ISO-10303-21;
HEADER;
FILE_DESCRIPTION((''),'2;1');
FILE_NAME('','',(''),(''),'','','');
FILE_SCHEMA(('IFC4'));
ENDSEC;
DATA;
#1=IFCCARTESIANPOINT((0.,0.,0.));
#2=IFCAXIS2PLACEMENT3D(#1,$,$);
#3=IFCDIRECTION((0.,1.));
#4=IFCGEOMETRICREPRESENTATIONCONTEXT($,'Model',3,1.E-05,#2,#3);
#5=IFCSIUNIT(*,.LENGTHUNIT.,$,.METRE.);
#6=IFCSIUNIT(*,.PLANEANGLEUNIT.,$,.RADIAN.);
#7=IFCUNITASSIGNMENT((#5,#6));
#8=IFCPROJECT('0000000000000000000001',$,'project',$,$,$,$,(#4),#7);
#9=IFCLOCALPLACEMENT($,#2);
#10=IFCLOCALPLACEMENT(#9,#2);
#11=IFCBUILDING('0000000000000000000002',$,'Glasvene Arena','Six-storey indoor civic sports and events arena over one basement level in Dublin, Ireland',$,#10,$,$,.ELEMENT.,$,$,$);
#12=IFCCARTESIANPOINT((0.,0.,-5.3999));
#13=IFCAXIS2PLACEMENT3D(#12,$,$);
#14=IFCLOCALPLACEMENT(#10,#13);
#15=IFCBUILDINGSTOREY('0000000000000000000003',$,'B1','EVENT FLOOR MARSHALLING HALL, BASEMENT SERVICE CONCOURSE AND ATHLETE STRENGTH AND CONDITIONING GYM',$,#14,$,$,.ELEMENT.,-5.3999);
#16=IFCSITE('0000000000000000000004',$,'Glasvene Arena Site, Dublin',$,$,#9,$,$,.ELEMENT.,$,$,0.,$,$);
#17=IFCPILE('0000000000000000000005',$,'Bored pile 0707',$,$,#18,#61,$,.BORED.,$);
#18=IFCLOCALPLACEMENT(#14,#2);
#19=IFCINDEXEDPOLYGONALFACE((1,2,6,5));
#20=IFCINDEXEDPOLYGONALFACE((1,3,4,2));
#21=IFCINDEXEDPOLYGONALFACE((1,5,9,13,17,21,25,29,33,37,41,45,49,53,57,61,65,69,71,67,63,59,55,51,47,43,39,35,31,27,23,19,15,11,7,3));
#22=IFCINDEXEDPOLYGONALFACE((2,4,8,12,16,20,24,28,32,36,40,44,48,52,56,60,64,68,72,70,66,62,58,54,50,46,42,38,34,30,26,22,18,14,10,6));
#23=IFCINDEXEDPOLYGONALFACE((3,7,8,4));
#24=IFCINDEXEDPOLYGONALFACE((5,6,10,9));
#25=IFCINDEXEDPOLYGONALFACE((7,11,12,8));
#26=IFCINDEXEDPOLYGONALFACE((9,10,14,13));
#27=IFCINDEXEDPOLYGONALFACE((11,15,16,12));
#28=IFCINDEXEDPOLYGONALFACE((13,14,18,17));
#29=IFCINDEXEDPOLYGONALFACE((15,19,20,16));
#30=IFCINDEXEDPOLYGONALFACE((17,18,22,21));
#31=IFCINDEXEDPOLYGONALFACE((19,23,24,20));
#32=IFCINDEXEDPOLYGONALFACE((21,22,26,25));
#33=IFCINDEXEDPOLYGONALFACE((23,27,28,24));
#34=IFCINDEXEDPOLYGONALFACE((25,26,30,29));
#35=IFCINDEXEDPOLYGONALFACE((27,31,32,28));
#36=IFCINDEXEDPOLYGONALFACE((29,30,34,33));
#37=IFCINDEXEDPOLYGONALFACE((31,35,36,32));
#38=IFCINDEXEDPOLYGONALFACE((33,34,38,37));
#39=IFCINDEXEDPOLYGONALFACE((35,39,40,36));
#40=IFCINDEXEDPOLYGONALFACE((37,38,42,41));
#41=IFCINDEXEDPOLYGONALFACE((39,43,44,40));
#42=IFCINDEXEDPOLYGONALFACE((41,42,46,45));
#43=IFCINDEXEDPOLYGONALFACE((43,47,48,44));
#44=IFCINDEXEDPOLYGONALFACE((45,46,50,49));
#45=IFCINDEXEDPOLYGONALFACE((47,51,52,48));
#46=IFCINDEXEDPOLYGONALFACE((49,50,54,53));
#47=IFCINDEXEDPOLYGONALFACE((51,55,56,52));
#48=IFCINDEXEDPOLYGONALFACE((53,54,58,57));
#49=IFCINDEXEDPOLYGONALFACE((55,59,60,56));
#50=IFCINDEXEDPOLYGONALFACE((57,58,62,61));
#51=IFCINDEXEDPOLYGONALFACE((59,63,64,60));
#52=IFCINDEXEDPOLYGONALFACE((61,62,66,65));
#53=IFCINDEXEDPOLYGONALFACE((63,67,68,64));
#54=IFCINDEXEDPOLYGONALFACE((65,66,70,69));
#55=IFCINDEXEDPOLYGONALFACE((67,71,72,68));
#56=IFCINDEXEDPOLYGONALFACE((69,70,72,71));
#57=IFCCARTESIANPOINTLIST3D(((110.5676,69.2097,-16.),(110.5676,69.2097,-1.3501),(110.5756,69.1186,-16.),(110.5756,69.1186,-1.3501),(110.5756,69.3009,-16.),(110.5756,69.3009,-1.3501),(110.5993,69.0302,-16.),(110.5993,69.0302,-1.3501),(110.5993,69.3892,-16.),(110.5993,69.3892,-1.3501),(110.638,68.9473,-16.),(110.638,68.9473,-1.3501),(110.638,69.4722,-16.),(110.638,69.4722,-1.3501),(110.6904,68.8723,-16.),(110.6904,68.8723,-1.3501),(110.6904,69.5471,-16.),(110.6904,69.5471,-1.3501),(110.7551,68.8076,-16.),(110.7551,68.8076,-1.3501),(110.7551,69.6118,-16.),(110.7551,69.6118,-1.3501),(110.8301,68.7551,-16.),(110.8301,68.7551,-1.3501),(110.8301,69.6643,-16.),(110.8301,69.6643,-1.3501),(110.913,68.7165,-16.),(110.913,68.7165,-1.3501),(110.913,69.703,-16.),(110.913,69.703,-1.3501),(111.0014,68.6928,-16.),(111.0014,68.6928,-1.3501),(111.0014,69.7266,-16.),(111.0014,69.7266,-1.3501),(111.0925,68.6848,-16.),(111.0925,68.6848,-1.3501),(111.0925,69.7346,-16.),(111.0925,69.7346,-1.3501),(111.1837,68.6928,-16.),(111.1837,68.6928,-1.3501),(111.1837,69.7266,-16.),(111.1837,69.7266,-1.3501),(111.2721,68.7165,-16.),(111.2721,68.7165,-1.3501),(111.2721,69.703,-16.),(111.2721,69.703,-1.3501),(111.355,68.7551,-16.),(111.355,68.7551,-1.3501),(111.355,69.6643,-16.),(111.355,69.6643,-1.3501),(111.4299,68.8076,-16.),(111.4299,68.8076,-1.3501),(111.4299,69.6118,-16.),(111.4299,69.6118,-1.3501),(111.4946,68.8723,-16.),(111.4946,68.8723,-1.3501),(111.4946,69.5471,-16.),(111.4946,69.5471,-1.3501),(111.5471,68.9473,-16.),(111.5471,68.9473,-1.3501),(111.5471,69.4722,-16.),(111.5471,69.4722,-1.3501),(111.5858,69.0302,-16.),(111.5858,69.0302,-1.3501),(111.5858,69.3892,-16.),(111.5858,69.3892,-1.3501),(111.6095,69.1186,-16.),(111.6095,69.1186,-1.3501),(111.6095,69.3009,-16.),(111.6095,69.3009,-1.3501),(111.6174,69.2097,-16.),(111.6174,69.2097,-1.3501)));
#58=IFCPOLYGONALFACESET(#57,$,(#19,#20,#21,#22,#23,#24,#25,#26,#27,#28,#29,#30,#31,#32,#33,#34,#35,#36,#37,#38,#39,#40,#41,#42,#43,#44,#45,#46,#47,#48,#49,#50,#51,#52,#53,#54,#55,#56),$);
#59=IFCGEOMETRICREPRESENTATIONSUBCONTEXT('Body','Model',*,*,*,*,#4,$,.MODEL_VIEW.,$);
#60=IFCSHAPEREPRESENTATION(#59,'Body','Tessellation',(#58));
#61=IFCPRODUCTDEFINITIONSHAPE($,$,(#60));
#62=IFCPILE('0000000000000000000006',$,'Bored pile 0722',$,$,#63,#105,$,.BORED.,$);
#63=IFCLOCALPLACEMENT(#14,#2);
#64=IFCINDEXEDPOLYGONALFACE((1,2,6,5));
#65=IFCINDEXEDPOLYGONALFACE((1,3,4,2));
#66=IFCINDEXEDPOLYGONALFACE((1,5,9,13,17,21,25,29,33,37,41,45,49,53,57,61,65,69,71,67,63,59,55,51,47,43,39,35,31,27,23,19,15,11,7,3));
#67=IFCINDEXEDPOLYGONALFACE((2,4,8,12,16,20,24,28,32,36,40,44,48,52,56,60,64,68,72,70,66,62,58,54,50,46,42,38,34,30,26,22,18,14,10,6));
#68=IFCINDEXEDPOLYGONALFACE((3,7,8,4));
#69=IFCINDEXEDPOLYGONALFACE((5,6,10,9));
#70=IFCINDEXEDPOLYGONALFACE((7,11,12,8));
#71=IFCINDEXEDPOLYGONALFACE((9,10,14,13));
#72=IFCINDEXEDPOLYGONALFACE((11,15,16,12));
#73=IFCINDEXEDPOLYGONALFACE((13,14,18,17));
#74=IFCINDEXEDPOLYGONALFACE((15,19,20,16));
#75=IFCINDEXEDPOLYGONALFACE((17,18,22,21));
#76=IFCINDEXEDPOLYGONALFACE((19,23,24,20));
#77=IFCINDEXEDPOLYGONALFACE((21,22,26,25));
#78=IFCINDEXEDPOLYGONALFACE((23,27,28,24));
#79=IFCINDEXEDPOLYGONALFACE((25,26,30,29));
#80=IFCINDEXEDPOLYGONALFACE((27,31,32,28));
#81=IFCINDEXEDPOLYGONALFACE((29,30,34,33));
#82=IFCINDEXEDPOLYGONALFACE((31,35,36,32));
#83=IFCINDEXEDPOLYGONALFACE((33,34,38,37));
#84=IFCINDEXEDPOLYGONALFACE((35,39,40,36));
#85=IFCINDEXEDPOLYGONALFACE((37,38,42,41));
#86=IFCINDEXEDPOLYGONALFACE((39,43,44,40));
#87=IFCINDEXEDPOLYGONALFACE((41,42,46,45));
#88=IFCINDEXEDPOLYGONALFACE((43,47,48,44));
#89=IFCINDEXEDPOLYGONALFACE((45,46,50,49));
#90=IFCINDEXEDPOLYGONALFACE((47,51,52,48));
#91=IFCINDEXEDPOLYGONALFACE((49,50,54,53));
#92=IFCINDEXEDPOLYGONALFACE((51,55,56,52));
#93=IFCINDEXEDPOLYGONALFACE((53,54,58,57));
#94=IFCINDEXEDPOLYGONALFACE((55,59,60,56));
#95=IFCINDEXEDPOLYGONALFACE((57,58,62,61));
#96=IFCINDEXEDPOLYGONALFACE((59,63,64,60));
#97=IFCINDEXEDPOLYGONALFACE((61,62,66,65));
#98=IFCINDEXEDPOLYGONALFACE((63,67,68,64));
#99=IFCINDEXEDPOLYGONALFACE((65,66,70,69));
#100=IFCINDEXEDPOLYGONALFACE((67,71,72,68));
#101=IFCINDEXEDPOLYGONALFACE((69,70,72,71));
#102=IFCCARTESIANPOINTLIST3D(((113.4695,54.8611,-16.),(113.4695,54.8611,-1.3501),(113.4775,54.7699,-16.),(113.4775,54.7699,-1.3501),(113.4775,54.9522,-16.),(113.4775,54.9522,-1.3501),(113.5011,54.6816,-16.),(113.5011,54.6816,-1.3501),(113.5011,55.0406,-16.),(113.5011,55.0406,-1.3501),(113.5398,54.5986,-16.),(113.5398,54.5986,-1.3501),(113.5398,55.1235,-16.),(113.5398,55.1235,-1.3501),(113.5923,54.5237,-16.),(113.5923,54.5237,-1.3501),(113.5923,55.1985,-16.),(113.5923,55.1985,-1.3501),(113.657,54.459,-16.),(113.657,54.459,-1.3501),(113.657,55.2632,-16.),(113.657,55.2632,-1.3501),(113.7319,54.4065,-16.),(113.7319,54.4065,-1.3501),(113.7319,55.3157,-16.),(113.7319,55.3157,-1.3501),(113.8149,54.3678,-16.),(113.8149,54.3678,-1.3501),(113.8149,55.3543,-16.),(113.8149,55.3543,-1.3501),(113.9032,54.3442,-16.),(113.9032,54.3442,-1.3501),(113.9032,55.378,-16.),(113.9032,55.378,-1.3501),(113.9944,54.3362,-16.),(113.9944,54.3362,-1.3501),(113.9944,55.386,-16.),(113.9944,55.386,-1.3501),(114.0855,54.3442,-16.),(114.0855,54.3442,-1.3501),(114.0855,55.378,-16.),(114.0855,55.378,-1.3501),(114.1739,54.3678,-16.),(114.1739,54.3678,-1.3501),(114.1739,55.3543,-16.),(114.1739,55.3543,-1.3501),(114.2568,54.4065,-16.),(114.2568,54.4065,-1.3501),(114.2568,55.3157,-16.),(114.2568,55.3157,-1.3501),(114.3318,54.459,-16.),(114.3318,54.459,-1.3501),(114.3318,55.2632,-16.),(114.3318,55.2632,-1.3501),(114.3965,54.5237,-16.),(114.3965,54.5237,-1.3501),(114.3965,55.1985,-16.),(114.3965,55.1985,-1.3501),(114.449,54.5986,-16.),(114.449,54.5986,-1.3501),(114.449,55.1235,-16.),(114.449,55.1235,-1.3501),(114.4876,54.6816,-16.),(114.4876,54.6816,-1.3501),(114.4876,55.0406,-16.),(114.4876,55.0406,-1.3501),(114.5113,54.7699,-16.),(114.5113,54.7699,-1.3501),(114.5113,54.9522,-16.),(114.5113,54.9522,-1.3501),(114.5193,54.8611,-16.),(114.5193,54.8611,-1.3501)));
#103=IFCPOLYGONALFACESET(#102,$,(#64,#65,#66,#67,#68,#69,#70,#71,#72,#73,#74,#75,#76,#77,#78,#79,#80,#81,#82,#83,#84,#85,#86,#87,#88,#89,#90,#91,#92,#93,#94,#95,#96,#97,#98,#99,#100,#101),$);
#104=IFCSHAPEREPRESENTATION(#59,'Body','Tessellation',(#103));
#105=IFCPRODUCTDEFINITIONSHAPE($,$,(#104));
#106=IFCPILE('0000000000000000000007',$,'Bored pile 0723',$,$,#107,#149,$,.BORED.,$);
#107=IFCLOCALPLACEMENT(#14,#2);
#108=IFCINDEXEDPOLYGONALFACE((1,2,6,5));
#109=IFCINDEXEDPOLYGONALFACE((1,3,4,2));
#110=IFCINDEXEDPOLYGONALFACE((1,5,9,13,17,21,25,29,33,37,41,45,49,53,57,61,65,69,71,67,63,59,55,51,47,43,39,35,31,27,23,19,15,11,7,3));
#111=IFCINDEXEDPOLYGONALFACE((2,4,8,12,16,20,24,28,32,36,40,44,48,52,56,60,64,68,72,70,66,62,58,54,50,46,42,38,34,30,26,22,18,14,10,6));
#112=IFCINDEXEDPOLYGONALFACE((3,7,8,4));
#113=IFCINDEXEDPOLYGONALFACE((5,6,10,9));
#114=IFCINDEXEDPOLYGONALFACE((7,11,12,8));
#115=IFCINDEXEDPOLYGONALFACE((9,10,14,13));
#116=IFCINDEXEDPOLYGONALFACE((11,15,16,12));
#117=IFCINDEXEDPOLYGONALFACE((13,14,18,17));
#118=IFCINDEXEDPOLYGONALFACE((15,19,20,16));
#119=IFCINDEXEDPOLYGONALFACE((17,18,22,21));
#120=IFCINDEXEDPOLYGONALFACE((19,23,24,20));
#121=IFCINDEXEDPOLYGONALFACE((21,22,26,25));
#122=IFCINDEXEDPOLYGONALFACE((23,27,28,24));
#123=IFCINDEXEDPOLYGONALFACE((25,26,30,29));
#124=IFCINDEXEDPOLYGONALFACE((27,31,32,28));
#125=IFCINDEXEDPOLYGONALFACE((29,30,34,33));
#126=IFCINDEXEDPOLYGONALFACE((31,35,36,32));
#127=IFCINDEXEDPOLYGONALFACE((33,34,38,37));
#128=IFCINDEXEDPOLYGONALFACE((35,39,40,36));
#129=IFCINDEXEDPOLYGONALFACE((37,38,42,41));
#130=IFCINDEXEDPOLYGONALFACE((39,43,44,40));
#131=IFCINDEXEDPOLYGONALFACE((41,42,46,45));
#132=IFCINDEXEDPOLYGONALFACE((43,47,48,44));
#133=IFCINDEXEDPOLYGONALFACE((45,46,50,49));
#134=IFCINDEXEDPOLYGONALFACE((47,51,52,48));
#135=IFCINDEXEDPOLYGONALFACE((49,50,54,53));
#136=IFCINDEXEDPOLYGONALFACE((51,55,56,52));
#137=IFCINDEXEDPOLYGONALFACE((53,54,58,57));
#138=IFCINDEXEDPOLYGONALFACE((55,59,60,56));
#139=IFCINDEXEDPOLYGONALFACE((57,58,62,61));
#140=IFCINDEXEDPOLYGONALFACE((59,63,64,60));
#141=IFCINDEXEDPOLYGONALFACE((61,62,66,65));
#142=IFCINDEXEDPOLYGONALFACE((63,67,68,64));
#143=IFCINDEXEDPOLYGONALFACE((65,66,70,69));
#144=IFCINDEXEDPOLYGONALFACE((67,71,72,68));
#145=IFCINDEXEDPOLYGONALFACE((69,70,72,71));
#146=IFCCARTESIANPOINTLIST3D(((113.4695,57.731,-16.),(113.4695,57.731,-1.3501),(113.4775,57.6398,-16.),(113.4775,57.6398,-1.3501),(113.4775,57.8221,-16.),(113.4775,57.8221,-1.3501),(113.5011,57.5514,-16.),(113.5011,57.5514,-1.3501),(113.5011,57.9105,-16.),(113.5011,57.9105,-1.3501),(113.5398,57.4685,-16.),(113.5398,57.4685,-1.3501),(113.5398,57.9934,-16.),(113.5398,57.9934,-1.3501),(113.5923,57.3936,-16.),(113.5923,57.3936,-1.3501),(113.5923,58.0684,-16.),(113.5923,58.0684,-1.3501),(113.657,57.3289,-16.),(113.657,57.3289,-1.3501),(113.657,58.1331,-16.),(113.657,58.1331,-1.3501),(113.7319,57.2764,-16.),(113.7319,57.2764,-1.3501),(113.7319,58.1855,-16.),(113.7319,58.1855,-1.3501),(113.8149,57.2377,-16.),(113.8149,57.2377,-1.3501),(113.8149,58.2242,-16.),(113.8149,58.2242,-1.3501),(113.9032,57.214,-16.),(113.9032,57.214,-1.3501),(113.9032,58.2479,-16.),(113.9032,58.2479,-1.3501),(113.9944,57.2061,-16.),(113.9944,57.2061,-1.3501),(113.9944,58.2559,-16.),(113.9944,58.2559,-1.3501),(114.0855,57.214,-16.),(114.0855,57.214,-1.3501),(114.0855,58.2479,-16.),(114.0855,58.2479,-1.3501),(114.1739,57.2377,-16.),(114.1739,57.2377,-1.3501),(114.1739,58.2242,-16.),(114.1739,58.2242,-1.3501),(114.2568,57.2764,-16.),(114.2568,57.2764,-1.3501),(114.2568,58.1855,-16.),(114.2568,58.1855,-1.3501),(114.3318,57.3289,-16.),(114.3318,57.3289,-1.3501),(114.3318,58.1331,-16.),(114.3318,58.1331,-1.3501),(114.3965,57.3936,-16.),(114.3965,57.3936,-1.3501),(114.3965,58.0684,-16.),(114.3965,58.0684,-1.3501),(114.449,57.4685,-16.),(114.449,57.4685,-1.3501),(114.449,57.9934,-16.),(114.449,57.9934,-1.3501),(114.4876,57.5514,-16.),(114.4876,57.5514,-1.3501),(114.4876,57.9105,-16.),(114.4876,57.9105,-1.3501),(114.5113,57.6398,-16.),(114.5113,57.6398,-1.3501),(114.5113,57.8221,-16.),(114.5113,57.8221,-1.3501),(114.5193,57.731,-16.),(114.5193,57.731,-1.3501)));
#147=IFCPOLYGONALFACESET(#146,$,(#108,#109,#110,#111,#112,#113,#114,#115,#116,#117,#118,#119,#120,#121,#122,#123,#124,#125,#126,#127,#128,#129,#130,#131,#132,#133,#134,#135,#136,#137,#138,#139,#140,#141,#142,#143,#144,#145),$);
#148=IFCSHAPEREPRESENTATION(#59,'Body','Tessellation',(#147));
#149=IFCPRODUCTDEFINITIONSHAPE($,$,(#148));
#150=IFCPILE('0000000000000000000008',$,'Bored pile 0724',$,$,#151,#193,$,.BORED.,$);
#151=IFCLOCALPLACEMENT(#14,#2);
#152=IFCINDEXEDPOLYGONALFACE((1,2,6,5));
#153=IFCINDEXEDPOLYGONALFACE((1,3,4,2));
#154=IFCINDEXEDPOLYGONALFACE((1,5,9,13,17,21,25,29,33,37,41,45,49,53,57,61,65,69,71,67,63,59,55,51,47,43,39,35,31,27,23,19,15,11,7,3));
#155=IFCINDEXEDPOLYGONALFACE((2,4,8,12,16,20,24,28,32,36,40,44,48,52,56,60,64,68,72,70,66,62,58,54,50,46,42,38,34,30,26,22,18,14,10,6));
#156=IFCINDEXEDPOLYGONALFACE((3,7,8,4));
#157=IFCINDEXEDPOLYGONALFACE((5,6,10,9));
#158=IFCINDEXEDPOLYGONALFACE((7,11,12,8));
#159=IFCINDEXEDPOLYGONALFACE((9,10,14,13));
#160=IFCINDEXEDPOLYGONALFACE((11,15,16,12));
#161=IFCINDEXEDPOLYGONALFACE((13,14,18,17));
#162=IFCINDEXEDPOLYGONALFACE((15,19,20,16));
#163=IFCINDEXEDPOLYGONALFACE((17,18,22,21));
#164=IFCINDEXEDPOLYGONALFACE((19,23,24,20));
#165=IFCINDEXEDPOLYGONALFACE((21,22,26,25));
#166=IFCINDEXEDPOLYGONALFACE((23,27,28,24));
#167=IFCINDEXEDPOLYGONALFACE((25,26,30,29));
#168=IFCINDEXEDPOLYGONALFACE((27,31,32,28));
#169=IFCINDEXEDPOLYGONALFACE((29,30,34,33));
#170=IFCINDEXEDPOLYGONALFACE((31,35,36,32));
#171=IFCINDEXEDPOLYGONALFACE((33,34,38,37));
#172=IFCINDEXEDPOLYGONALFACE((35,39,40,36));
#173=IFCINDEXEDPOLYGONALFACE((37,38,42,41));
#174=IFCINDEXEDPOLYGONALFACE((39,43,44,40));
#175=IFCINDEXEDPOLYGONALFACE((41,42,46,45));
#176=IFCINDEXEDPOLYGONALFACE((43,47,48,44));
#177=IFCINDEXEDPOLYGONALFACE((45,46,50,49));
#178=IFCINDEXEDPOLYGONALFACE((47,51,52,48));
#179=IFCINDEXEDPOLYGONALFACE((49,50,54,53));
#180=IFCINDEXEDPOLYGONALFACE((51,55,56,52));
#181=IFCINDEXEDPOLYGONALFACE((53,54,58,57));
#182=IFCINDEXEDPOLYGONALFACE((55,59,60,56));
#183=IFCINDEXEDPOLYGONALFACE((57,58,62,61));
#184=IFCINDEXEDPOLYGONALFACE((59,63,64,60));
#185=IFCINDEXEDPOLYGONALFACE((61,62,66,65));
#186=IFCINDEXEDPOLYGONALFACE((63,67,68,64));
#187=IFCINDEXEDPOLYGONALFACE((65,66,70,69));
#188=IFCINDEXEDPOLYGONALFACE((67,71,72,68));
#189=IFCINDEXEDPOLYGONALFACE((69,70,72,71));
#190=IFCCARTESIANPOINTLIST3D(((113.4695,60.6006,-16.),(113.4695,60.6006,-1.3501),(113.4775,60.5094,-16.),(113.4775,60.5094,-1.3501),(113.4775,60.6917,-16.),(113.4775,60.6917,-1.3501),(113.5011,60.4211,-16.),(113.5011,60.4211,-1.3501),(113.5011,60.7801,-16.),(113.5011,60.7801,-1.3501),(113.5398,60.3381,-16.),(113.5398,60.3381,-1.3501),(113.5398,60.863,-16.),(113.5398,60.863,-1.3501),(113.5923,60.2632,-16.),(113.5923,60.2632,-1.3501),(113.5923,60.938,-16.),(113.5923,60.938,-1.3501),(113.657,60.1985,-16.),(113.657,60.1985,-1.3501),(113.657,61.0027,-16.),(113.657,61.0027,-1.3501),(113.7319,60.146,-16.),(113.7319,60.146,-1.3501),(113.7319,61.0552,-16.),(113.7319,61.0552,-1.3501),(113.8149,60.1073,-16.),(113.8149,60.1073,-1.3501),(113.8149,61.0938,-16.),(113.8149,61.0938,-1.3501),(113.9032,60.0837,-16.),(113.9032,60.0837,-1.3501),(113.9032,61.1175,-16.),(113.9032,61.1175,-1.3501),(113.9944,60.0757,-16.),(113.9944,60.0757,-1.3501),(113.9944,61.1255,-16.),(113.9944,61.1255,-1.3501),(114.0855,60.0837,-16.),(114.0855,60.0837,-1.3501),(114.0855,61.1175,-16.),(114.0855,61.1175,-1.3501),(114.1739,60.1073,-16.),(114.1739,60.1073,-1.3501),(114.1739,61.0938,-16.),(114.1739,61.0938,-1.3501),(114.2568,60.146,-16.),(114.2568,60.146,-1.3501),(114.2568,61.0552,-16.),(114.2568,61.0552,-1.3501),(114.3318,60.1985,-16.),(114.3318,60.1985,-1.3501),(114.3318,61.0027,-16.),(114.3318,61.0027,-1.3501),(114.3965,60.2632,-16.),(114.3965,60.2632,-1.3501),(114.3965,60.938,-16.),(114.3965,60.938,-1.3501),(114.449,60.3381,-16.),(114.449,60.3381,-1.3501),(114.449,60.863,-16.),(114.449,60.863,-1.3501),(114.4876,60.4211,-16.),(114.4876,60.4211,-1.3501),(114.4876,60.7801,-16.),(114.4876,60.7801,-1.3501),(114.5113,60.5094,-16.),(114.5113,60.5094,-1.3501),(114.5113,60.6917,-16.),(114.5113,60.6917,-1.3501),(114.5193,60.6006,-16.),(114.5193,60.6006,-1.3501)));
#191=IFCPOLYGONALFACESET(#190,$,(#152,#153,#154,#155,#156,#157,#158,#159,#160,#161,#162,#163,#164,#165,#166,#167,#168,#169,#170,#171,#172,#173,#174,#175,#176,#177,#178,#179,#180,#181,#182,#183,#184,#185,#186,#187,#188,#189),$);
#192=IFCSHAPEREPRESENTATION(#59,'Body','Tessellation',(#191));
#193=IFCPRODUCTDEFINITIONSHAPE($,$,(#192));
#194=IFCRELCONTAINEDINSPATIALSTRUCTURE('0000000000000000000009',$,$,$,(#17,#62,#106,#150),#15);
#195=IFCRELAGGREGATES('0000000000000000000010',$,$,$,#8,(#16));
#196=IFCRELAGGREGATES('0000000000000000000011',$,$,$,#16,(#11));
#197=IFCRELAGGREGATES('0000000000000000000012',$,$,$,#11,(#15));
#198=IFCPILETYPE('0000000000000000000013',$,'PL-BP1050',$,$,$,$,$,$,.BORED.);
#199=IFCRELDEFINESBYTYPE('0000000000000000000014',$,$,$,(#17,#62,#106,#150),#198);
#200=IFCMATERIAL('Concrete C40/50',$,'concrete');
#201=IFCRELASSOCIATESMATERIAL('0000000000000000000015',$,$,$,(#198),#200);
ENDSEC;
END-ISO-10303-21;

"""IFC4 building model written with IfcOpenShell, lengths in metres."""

from ifc_helpers import new_model, si_unit, direction, frame, origin, origin_2d, place, context, subcontext, project, spatial, circle, extrude, material, material_profile, profile_set, type_object, element, save


model = new_model("IFC4")

# Units and contexts
model_context = context("Model", 3, precision=1e-05, world=origin(), true_north=direction((0.0, 1.0)))
body_context = subcontext(model_context, "Body", "Model", "MODEL_VIEW")
ifc_project = project(units=[si_unit("LENGTHUNIT", "METRE"), si_unit("PLANEANGLEUNIT", "RADIAN")], contexts=[model_context])

# Site, building, storey
site_placement = place(None, origin())
site = spatial("IfcSite", under=ifc_project, at=site_placement, Name="Glasvene Arena Site, Dublin", CompositionType="ELEMENT", RefElevation=0.0)
building_placement = place(site_placement, origin())
building = spatial("IfcBuilding", under=site, at=building_placement, Name="Glasvene Arena", Description="Six-storey indoor civic sports and events arena over one basement level in Dublin, Ireland", CompositionType="ELEMENT")
storey_placement = place(building_placement, frame((0.0, 0.0, -5.3999)))
storey = spatial("IfcBuildingStorey", under=building, at=storey_placement, Name="B1", Description="EVENT FLOOR MARSHALLING HALL, BASEMENT SERVICE CONCOURSE AND ATHLETE STRENGTH AND CONDITIONING GYM", CompositionType="ELEMENT", Elevation=-5.3999)

# Piles
ifc_material_1 = material(Name="Concrete C40/50", Category="concrete")
ifc_material_profile_1 = material_profile(ifc_material_1, circle(Radius=0.5249, at=origin_2d()), Name="BORED PILE 1050")
ifc_profile_set_1 = profile_set([ifc_material_profile_1], Name="Concrete C40/50")
pile_type = type_object("IfcPileType", Name="PL-BP1050", PredefinedType="BORED", material=ifc_profile_set_1)
for number, where, z_axis, x_axis, name in (
    (1, (111.0925, 69.2097, -1.3501), (0.0, 0.0, -1.0), (1.0, 0.0, 0.0), "Bored pile 0707"),
    (2, (113.9944, 54.8611, -1.3501), (0.0, 0.0, -1.0), (1.0, 0.0, 0.0), "Bored pile 0722"),
    (3, (113.9944, 57.731, -1.3501), (0.0, 0.0, -1.0), (1.0, 0.0, 0.0), "Bored pile 0723"),
    (4, (113.9944, 60.6006, -1.3501), (0.0, 0.0, -1.0), (1.0, 0.0, 0.0), "Bored pile 0724"),
):
    element("IfcPile", number, at=place(storey_placement, frame(where, z_axis=z_axis, x_axis=x_axis)), inside=storey, type_object=pile_type, Name=name, PredefinedType="BORED", context=body_context, shape_type="SweptSolid", body=[
        extrude(circle(Radius=0.5249, at=origin_2d()), origin(), (0.0, 0.0, 1.0), 14.6499),
    ])

save(model, "model.ifc")
